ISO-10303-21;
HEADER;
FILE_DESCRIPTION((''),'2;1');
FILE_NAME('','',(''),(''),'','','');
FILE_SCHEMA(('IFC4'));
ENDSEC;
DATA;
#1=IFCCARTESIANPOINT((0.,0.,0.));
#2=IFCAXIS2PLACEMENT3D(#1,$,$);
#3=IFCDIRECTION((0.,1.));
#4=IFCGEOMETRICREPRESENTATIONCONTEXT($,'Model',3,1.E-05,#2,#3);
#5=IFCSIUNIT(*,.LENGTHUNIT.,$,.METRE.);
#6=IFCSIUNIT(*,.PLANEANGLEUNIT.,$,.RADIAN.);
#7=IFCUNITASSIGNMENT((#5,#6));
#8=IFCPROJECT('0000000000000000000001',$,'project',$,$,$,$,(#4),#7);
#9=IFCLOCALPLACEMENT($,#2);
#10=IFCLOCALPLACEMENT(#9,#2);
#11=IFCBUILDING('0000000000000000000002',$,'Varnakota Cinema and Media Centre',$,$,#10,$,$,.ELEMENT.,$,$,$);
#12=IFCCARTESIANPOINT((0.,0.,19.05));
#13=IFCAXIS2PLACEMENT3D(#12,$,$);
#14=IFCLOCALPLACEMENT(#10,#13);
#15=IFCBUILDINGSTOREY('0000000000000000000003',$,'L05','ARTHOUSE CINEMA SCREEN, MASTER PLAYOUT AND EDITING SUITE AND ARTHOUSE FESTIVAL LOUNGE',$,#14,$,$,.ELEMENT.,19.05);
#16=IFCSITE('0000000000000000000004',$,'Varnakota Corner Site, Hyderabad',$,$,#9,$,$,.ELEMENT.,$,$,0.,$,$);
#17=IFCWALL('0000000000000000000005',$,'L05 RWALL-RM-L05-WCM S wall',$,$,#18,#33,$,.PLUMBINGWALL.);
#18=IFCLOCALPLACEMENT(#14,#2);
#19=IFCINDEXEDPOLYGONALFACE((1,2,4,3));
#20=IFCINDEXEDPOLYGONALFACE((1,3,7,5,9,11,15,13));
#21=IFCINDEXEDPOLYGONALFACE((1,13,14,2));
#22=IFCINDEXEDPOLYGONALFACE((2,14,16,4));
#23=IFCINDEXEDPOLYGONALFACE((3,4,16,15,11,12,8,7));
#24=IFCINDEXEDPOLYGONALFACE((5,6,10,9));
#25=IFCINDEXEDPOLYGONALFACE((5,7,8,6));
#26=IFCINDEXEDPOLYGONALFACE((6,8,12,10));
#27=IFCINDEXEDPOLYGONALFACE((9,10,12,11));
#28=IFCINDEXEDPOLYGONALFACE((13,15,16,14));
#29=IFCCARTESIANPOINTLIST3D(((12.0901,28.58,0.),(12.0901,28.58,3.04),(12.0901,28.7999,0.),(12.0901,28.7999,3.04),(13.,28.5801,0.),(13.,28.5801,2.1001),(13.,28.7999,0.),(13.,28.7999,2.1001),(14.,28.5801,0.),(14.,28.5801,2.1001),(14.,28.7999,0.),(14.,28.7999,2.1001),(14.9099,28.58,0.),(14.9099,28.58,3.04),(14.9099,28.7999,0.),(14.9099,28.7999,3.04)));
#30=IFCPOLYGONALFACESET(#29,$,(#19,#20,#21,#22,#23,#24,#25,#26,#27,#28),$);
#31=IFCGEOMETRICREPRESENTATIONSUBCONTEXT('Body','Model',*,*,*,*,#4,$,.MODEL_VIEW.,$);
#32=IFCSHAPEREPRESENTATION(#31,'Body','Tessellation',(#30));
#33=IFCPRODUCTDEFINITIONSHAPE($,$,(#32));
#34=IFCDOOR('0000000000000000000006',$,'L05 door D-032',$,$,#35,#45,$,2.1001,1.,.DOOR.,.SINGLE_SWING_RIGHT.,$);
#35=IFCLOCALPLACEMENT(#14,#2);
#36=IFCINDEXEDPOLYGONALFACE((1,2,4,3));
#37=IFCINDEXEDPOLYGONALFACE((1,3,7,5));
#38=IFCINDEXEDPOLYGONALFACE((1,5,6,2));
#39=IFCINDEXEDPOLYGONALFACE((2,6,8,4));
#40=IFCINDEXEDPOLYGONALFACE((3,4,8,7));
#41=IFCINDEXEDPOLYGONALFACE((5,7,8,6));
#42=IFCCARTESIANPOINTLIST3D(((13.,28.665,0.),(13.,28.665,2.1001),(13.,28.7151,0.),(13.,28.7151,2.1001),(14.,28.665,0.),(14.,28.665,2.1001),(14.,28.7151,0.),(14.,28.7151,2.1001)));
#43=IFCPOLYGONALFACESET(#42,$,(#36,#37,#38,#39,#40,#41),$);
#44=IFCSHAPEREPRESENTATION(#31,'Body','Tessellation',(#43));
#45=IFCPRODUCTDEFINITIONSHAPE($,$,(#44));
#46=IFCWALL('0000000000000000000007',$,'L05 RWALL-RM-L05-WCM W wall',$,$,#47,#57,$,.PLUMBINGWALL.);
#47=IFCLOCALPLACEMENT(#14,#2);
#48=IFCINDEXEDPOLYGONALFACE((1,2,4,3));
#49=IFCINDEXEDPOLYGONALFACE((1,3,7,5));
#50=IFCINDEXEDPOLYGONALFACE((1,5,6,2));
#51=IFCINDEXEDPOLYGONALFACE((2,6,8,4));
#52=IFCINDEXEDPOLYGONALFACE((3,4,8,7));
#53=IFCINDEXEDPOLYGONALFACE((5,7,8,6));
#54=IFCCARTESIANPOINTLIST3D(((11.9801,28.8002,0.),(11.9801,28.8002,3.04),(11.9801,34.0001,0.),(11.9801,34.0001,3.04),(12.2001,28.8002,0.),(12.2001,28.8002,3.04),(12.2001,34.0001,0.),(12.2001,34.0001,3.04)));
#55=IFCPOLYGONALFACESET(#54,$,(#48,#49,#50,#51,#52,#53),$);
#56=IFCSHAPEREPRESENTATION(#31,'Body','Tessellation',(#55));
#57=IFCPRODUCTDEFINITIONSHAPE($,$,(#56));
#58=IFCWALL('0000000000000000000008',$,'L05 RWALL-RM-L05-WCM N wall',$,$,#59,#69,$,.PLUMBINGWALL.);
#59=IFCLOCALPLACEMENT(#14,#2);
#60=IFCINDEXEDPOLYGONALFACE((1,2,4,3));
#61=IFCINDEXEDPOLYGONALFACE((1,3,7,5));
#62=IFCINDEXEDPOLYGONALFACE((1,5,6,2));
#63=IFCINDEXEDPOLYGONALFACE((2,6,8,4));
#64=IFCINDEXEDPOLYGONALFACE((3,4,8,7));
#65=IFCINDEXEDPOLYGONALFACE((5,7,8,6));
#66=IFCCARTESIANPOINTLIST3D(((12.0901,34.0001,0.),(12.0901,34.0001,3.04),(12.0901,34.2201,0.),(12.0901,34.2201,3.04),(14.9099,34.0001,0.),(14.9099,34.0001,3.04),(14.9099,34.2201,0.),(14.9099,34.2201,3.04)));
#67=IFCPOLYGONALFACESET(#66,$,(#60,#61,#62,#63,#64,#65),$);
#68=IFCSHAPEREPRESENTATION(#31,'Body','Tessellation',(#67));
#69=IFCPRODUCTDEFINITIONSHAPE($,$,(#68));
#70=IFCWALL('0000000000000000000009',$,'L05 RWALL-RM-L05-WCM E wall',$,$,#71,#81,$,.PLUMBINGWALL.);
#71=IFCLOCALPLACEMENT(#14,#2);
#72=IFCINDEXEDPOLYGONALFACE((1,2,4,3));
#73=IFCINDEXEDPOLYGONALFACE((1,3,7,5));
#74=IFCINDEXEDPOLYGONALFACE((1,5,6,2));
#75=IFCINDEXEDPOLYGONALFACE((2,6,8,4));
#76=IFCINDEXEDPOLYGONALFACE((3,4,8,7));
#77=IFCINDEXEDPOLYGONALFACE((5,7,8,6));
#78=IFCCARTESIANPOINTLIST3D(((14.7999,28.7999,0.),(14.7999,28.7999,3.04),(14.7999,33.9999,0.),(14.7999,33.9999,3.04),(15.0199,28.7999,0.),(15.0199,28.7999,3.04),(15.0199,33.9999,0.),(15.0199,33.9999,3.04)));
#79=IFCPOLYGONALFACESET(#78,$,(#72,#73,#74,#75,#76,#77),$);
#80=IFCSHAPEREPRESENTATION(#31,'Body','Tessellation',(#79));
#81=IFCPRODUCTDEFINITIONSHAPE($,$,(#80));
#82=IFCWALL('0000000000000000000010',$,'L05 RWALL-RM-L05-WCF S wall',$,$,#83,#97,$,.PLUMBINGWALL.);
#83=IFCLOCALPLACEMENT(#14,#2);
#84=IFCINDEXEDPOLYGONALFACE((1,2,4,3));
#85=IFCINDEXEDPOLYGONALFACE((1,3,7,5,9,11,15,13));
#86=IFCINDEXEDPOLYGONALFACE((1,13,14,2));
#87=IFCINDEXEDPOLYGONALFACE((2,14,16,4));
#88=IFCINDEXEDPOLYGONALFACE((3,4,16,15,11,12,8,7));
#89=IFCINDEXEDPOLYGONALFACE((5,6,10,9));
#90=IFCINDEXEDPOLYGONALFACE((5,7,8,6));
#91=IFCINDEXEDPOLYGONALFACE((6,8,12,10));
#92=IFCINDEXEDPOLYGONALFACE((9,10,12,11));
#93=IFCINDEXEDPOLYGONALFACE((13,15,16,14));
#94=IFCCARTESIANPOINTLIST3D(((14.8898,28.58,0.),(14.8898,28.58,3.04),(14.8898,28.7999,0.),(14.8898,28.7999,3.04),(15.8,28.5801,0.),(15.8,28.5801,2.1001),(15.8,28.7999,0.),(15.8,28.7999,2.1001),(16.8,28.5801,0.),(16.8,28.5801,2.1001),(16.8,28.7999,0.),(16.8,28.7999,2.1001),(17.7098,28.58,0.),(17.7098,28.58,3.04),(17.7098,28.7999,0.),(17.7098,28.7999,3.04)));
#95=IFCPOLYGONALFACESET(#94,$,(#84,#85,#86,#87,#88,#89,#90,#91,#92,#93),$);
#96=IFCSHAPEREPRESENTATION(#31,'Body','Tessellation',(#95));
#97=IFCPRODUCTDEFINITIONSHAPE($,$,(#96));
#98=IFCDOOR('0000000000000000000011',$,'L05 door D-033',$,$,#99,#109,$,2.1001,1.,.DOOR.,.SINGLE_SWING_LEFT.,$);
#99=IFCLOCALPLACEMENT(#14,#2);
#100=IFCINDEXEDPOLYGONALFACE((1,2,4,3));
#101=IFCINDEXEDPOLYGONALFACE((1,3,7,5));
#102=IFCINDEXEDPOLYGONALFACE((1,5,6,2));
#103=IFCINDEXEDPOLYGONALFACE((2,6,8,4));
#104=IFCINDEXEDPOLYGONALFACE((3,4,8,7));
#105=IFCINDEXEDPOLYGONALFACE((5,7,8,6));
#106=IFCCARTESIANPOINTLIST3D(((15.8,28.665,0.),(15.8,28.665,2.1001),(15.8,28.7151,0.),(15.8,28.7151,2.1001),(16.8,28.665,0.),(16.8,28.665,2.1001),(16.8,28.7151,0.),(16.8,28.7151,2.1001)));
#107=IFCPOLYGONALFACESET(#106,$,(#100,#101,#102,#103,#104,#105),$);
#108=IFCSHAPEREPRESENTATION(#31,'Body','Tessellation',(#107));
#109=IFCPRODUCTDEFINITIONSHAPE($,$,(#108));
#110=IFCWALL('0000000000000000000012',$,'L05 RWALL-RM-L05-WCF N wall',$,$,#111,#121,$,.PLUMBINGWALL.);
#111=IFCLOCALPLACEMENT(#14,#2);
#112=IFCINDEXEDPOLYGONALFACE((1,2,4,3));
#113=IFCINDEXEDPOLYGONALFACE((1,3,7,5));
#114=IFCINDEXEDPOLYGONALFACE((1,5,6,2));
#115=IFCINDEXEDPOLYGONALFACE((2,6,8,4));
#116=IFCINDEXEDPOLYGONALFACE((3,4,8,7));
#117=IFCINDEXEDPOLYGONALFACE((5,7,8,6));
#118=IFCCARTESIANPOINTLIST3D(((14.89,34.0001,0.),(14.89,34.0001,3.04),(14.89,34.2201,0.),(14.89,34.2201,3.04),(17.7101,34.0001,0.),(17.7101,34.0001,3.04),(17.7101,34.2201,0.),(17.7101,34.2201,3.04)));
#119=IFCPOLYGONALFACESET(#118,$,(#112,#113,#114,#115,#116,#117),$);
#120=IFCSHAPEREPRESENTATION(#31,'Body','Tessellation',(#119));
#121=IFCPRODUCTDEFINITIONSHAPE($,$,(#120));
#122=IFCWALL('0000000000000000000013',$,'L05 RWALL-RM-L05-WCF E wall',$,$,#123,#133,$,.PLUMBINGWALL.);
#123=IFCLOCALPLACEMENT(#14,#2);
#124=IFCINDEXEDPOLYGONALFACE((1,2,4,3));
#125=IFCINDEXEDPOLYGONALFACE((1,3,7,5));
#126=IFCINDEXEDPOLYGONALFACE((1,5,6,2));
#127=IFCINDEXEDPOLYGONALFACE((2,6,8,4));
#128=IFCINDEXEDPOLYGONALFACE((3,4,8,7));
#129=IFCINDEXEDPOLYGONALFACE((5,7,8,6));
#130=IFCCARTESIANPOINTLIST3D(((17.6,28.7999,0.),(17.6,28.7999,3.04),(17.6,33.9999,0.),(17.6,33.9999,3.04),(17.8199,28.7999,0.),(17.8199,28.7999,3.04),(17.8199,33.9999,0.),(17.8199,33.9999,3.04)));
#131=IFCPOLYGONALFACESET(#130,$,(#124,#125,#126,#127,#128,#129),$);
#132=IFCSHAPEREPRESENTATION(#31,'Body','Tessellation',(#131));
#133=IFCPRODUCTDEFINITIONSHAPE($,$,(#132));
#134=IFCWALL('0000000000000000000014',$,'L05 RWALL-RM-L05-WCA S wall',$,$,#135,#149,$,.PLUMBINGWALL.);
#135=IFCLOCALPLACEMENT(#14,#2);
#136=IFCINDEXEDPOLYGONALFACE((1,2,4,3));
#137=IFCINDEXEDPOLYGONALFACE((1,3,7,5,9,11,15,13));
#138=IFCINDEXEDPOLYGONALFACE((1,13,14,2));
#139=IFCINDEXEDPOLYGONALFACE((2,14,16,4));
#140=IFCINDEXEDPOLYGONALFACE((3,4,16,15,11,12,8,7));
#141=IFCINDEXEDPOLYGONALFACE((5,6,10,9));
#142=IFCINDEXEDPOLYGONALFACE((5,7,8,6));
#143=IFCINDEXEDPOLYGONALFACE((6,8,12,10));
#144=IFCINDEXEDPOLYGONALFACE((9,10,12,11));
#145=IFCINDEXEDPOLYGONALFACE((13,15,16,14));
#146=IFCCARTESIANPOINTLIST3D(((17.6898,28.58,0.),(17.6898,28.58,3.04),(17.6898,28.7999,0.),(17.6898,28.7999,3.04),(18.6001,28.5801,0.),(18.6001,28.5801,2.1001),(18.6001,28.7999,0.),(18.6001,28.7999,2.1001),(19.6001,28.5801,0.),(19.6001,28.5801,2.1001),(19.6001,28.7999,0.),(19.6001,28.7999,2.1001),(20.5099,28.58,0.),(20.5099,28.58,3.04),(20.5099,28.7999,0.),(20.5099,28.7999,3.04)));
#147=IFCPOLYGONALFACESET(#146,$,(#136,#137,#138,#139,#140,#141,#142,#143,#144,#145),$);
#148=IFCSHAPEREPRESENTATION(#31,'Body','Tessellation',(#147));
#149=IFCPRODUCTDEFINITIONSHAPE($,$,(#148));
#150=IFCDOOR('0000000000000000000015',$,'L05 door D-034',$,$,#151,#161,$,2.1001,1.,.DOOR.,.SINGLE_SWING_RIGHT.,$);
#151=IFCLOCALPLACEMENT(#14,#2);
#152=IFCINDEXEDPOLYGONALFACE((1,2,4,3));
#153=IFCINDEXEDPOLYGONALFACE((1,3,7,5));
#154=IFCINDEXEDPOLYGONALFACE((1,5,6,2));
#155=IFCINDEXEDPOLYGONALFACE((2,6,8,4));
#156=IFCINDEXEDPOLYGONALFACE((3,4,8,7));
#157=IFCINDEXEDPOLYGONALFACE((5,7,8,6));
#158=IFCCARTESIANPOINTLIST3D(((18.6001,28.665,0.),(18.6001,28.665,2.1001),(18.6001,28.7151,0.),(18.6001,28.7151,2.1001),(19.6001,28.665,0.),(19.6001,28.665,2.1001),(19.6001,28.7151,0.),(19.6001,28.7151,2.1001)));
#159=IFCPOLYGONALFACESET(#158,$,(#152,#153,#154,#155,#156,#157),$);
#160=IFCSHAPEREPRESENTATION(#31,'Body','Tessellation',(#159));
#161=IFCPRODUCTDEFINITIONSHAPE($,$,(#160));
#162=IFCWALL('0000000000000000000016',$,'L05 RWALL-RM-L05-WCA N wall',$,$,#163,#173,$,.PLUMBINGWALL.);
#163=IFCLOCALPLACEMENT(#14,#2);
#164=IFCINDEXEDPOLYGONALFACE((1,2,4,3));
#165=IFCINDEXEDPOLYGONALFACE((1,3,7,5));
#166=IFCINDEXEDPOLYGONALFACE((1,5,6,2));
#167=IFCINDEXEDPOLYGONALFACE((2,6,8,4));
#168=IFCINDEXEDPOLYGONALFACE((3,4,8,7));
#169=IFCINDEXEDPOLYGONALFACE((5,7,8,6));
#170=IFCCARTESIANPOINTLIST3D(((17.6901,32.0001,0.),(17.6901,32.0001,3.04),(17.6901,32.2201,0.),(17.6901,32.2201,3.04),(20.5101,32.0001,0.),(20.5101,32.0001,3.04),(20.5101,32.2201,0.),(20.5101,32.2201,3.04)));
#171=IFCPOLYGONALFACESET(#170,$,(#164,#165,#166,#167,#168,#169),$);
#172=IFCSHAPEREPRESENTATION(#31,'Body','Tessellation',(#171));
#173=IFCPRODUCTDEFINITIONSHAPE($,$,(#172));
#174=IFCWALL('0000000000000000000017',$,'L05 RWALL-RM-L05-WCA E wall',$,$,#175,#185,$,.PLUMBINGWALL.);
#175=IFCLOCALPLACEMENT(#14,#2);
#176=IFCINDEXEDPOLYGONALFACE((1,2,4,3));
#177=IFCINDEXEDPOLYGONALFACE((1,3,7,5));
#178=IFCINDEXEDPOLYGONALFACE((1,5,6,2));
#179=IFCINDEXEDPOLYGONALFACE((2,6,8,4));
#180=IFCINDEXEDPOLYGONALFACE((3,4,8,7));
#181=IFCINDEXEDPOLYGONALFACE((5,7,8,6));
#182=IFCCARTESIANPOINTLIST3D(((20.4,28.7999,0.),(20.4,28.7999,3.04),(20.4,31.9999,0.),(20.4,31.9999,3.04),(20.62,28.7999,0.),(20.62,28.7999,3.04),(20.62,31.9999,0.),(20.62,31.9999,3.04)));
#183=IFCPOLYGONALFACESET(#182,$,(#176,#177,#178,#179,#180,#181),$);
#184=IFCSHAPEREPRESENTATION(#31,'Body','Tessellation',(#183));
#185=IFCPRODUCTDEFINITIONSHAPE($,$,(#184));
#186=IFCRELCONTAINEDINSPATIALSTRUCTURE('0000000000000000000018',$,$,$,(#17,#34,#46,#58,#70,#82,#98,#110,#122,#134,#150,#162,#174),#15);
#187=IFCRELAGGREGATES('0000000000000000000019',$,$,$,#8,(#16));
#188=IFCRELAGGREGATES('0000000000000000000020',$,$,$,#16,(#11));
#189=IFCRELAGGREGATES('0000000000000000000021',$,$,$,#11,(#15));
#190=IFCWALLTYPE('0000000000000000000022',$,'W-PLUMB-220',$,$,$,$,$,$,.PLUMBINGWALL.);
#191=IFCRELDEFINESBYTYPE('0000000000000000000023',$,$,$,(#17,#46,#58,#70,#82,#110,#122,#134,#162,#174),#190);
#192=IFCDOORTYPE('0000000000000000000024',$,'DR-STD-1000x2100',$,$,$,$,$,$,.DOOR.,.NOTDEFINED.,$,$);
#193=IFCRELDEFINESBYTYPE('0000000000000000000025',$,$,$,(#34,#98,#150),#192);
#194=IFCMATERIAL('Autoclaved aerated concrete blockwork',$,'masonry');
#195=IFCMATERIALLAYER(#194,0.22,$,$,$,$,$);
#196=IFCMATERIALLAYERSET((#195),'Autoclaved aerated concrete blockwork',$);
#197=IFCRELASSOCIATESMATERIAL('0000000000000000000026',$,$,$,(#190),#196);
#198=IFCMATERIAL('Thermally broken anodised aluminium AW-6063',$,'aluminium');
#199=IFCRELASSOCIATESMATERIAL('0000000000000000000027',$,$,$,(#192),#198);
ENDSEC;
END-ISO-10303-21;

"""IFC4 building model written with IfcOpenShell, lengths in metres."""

from ifc_helpers import new_model, si_unit, direction, frame, frame_2d, origin, place, context, subcontext, project, spatial, rectangle, extrude, material, layer, layer_set, type_object, element, fill, save


model = new_model("IFC4")

# Units and contexts
model_context = context("Model", 3, precision=1e-05, world=origin(), true_north=direction((0.0, 1.0)))
body_context = subcontext(model_context, "Body", "Model", "MODEL_VIEW")
ifc_project = project(units=[si_unit("LENGTHUNIT", "METRE"), si_unit("PLANEANGLEUNIT", "RADIAN")], contexts=[model_context])

# Site, building, storey
site_placement = place(None, origin())
site = spatial("IfcSite", under=ifc_project, at=site_placement, Name="Varnakota Corner Site, Hyderabad", CompositionType="ELEMENT", RefElevation=0.0)
building_placement = place(site_placement, origin())
building = spatial("IfcBuilding", under=site, at=building_placement, Name="Varnakota Cinema and Media Centre", CompositionType="ELEMENT")
storey_placement = place(building_placement, frame((0.0, 0.0, 19.05)))
storey = spatial("IfcBuildingStorey", under=building, at=storey_placement, Name="L05", Description="ARTHOUSE CINEMA SCREEN, MASTER PLAYOUT AND EDITING SUITE AND ARTHOUSE FESTIVAL LOUNGE", CompositionType="ELEMENT", Elevation=19.05)

# Wall, opening, door
ifc_material_1 = material(Name="Autoclaved aerated concrete blockwork", Category="masonry")
ifc_layer_1 = layer(ifc_material_1, 0.22)
ifc_layer_set_1 = layer_set([ifc_layer_1], Name="Autoclaved aerated concrete blockwork")
wall_type_1 = type_object("IfcWallType", Name="W-PLUMB-220", PredefinedType="PLUMBINGWALL", material=ifc_layer_set_1)
wall_1_placement = place(storey_placement, frame((14.9099, 28.6899, 0.0), z_axis=(0.0, 0.0, 1.0), x_axis=(-1.0, 0.0, 0.0)))
wall_1 = element("IfcWall", 1, at=wall_1_placement, inside=storey, type_object=wall_type_1, Name="L05 RWALL-RM-L05-WCM S wall", PredefinedType="PLUMBINGWALL", context=body_context, shape_type="SweptSolid", body=[
    extrude(rectangle(XDim=2.8198, YDim=0.22, at=frame_2d((1.4099, 0.0))), origin(), (0.0, 0.0, 1.0), 3.04),
])
opening_1_placement = place(wall_1_placement, frame((0.9099, 0.0, 0.0)))
opening_1 = element("IfcOpeningElement", 2, at=opening_1_placement, cuts=wall_1, PredefinedType="OPENING", context=body_context, shape_type="SweptSolid", body=[
    extrude(rectangle(XDim=1.0, YDim=2.1001, at=frame_2d((0.5, 1.05))), frame((0.0, 0.1099, 0.0), z_axis=(0.0, -1.0, 0.0), x_axis=(1.0, 0.0, 0.0)), (0.0, 0.0, 1.0), 0.22),
])
ifc_material_2 = material(Name="Thermally broken anodised aluminium AW-6063", Category="aluminium")
door_type_1 = type_object("IfcDoorType", Name="DR-STD-1000x2100", OperationType="NOTDEFINED", PredefinedType="DOOR", material=ifc_material_2)
door_1_placement = place(opening_1_placement, origin())
door_1 = element("IfcDoor", 3, at=door_1_placement, inside=storey, type_object=door_type_1, Name="L05 door D-032", OperationType="SINGLE_SWING_RIGHT", OverallHeight=2.1001, OverallWidth=1.0, PredefinedType="DOOR", context=body_context, shape_type="SweptSolid", body=[
    extrude(rectangle(XDim=1.0, YDim=2.1001, at=frame_2d((0.5, 1.05))), frame((0.0, 0.0249, 0.0), z_axis=(0.0, -1.0, 0.0), x_axis=(1.0, 0.0, 0.0)), (0.0, 0.0, 1.0), 0.05),
])
fill(opening_1, door_1)

# Walls
wall_2_placement = place(storey_placement, frame((12.0901, 28.8, 0.0), z_axis=(0.0, 0.0, 1.0), x_axis=(0.0, 1.0, 0.0)))
element("IfcWall", 4, at=wall_2_placement, inside=storey, type_object=wall_type_1, Name="L05 RWALL-RM-L05-WCM W wall", PredefinedType="PLUMBINGWALL", context=body_context, shape_type="SweptSolid", body=[
    extrude(rectangle(XDim=5.2, YDim=0.22, at=frame_2d((2.6001, 0.0))), origin(), (0.0, 0.0, 1.0), 3.04),
])
wall_3_placement = place(storey_placement, frame((12.0901, 34.1101, 0.0), z_axis=(0.0, 0.0, 1.0), x_axis=(1.0, 0.0, 0.0)))
element("IfcWall", 5, at=wall_3_placement, inside=storey, type_object=wall_type_1, Name="L05 RWALL-RM-L05-WCM N wall", PredefinedType="PLUMBINGWALL", context=body_context, shape_type="SweptSolid", body=[
    extrude(rectangle(XDim=2.8198, YDim=0.22, at=frame_2d((1.4099, 0.0))), origin(), (0.0, 0.0, 1.0), 3.04),
])
wall_4_placement = place(storey_placement, frame((14.9099, 34.0, 0.0), z_axis=(0.0, 0.0, 1.0), x_axis=(0.0, -1.0, 0.0)))
element("IfcWall", 6, at=wall_4_placement, inside=storey, type_object=wall_type_1, Name="L05 RWALL-RM-L05-WCM E wall", PredefinedType="PLUMBINGWALL", context=body_context, shape_type="SweptSolid", body=[
    extrude(rectangle(XDim=5.2, YDim=0.22, at=frame_2d((2.6001, 0.0))), origin(), (0.0, 0.0, 1.0), 3.04),
])

# Wall, opening, door
wall_5_placement = place(storey_placement, frame((17.71, 28.6899, 0.0), z_axis=(0.0, 0.0, 1.0), x_axis=(-1.0, 0.0, 0.0)))
wall_5 = element("IfcWall", 7, at=wall_5_placement, inside=storey, type_object=wall_type_1, Name="L05 RWALL-RM-L05-WCF S wall", PredefinedType="PLUMBINGWALL", context=body_context, shape_type="SweptSolid", body=[
    extrude(rectangle(XDim=2.8201, YDim=0.22, at=frame_2d((1.4102, 0.0))), origin(), (0.0, 0.0, 1.0), 3.04),
])
opening_2_placement = place(wall_5_placement, frame((0.9099, 0.0, 0.0)))
opening_2 = element("IfcOpeningElement", 8, at=opening_2_placement, cuts=wall_5, PredefinedType="OPENING", context=body_context, shape_type="SweptSolid", body=[
    extrude(rectangle(XDim=1.0, YDim=2.1001, at=frame_2d((0.5, 1.05))), frame((0.0, 0.1099, 0.0), z_axis=(0.0, -1.0, 0.0), x_axis=(1.0, 0.0, 0.0)), (0.0, 0.0, 1.0), 0.22),
])
door_2_placement = place(opening_2_placement, origin())
door_2 = element("IfcDoor", 9, at=door_2_placement, inside=storey, type_object=door_type_1, Name="L05 door D-033", OperationType="SINGLE_SWING_LEFT", OverallHeight=2.1001, OverallWidth=1.0, PredefinedType="DOOR", context=body_context, shape_type="SweptSolid", body=[
    extrude(rectangle(XDim=1.0, YDim=2.1001, at=frame_2d((0.5, 1.05))), frame((0.0, 0.0249, 0.0), z_axis=(0.0, -1.0, 0.0), x_axis=(1.0, 0.0, 0.0)), (0.0, 0.0, 1.0), 0.05),
])
fill(opening_2, door_2)

# Walls
wall_6_placement = place(storey_placement, frame((14.8899, 34.1101, 0.0), z_axis=(0.0, 0.0, 1.0), x_axis=(1.0, 0.0, 0.0)))
element("IfcWall", 10, at=wall_6_placement, inside=storey, type_object=wall_type_1, Name="L05 RWALL-RM-L05-WCF N wall", PredefinedType="PLUMBINGWALL", context=body_context, shape_type="SweptSolid", body=[
    extrude(rectangle(XDim=2.8201, YDim=0.22, at=frame_2d((1.4102, 0.0))), origin(), (0.0, 0.0, 1.0), 3.04),
])
wall_7_placement = place(storey_placement, frame((17.71, 34.0, 0.0), z_axis=(0.0, 0.0, 1.0), x_axis=(0.0, -1.0, 0.0)))
element("IfcWall", 11, at=wall_7_placement, inside=storey, type_object=wall_type_1, Name="L05 RWALL-RM-L05-WCF E wall", PredefinedType="PLUMBINGWALL", context=body_context, shape_type="SweptSolid", body=[
    extrude(rectangle(XDim=5.2, YDim=0.22, at=frame_2d((2.6001, 0.0))), origin(), (0.0, 0.0, 1.0), 3.04),
])

# Wall, opening, door
wall_8_placement = place(storey_placement, frame((20.51, 28.6899, 0.0), z_axis=(0.0, 0.0, 1.0), x_axis=(-1.0, 0.0, 0.0)))
wall_8 = element("IfcWall", 12, at=wall_8_placement, inside=storey, type_object=wall_type_1, Name="L05 RWALL-RM-L05-WCA S wall", PredefinedType="PLUMBINGWALL", context=body_context, shape_type="SweptSolid", body=[
    extrude(rectangle(XDim=2.8201, YDim=0.22, at=frame_2d((1.4102, 0.0))), origin(), (0.0, 0.0, 1.0), 3.04),
])
opening_3_placement = place(wall_8_placement, frame((0.9099, 0.0, 0.0)))
opening_3 = element("IfcOpeningElement", 13, at=opening_3_placement, cuts=wall_8, PredefinedType="OPENING", context=body_context, shape_type="SweptSolid", body=[
    extrude(rectangle(XDim=1.0, YDim=2.1001, at=frame_2d((0.5, 1.05))), frame((0.0, 0.1099, 0.0), z_axis=(0.0, -1.0, 0.0), x_axis=(1.0, 0.0, 0.0)), (0.0, 0.0, 1.0), 0.22),
])
door_3_placement = place(opening_3_placement, origin())
door_3 = element("IfcDoor", 14, at=door_3_placement, inside=storey, type_object=door_type_1, Name="L05 door D-034", OperationType="SINGLE_SWING_RIGHT", OverallHeight=2.1001, OverallWidth=1.0, PredefinedType="DOOR", context=body_context, shape_type="SweptSolid", body=[
    extrude(rectangle(XDim=1.0, YDim=2.1001, at=frame_2d((0.5, 1.05))), frame((0.0, 0.0249, 0.0), z_axis=(0.0, -1.0, 0.0), x_axis=(1.0, 0.0, 0.0)), (0.0, 0.0, 1.0), 0.05),
])
fill(opening_3, door_3)

# Walls
wall_9_placement = place(storey_placement, frame((17.6899, 32.1101, 0.0), z_axis=(0.0, 0.0, 1.0), x_axis=(1.0, 0.0, 0.0)))
element("IfcWall", 15, at=wall_9_placement, inside=storey, type_object=wall_type_1, Name="L05 RWALL-RM-L05-WCA N wall", PredefinedType="PLUMBINGWALL", context=body_context, shape_type="SweptSolid", body=[
    extrude(rectangle(XDim=2.8201, YDim=0.22, at=frame_2d((1.4102, 0.0))), origin(), (0.0, 0.0, 1.0), 3.04),
])
wall_10_placement = place(storey_placement, frame((20.51, 32.0, 0.0), z_axis=(0.0, 0.0, 1.0), x_axis=(0.0, -1.0, 0.0)))
element("IfcWall", 16, at=wall_10_placement, inside=storey, type_object=wall_type_1, Name="L05 RWALL-RM-L05-WCA E wall", PredefinedType="PLUMBINGWALL", context=body_context, shape_type="SweptSolid", body=[
    extrude(rectangle(XDim=3.2, YDim=0.22, at=frame_2d((1.6001, 0.0))), origin(), (0.0, 0.0, 1.0), 3.04),
])

save(model, "model.ifc")
